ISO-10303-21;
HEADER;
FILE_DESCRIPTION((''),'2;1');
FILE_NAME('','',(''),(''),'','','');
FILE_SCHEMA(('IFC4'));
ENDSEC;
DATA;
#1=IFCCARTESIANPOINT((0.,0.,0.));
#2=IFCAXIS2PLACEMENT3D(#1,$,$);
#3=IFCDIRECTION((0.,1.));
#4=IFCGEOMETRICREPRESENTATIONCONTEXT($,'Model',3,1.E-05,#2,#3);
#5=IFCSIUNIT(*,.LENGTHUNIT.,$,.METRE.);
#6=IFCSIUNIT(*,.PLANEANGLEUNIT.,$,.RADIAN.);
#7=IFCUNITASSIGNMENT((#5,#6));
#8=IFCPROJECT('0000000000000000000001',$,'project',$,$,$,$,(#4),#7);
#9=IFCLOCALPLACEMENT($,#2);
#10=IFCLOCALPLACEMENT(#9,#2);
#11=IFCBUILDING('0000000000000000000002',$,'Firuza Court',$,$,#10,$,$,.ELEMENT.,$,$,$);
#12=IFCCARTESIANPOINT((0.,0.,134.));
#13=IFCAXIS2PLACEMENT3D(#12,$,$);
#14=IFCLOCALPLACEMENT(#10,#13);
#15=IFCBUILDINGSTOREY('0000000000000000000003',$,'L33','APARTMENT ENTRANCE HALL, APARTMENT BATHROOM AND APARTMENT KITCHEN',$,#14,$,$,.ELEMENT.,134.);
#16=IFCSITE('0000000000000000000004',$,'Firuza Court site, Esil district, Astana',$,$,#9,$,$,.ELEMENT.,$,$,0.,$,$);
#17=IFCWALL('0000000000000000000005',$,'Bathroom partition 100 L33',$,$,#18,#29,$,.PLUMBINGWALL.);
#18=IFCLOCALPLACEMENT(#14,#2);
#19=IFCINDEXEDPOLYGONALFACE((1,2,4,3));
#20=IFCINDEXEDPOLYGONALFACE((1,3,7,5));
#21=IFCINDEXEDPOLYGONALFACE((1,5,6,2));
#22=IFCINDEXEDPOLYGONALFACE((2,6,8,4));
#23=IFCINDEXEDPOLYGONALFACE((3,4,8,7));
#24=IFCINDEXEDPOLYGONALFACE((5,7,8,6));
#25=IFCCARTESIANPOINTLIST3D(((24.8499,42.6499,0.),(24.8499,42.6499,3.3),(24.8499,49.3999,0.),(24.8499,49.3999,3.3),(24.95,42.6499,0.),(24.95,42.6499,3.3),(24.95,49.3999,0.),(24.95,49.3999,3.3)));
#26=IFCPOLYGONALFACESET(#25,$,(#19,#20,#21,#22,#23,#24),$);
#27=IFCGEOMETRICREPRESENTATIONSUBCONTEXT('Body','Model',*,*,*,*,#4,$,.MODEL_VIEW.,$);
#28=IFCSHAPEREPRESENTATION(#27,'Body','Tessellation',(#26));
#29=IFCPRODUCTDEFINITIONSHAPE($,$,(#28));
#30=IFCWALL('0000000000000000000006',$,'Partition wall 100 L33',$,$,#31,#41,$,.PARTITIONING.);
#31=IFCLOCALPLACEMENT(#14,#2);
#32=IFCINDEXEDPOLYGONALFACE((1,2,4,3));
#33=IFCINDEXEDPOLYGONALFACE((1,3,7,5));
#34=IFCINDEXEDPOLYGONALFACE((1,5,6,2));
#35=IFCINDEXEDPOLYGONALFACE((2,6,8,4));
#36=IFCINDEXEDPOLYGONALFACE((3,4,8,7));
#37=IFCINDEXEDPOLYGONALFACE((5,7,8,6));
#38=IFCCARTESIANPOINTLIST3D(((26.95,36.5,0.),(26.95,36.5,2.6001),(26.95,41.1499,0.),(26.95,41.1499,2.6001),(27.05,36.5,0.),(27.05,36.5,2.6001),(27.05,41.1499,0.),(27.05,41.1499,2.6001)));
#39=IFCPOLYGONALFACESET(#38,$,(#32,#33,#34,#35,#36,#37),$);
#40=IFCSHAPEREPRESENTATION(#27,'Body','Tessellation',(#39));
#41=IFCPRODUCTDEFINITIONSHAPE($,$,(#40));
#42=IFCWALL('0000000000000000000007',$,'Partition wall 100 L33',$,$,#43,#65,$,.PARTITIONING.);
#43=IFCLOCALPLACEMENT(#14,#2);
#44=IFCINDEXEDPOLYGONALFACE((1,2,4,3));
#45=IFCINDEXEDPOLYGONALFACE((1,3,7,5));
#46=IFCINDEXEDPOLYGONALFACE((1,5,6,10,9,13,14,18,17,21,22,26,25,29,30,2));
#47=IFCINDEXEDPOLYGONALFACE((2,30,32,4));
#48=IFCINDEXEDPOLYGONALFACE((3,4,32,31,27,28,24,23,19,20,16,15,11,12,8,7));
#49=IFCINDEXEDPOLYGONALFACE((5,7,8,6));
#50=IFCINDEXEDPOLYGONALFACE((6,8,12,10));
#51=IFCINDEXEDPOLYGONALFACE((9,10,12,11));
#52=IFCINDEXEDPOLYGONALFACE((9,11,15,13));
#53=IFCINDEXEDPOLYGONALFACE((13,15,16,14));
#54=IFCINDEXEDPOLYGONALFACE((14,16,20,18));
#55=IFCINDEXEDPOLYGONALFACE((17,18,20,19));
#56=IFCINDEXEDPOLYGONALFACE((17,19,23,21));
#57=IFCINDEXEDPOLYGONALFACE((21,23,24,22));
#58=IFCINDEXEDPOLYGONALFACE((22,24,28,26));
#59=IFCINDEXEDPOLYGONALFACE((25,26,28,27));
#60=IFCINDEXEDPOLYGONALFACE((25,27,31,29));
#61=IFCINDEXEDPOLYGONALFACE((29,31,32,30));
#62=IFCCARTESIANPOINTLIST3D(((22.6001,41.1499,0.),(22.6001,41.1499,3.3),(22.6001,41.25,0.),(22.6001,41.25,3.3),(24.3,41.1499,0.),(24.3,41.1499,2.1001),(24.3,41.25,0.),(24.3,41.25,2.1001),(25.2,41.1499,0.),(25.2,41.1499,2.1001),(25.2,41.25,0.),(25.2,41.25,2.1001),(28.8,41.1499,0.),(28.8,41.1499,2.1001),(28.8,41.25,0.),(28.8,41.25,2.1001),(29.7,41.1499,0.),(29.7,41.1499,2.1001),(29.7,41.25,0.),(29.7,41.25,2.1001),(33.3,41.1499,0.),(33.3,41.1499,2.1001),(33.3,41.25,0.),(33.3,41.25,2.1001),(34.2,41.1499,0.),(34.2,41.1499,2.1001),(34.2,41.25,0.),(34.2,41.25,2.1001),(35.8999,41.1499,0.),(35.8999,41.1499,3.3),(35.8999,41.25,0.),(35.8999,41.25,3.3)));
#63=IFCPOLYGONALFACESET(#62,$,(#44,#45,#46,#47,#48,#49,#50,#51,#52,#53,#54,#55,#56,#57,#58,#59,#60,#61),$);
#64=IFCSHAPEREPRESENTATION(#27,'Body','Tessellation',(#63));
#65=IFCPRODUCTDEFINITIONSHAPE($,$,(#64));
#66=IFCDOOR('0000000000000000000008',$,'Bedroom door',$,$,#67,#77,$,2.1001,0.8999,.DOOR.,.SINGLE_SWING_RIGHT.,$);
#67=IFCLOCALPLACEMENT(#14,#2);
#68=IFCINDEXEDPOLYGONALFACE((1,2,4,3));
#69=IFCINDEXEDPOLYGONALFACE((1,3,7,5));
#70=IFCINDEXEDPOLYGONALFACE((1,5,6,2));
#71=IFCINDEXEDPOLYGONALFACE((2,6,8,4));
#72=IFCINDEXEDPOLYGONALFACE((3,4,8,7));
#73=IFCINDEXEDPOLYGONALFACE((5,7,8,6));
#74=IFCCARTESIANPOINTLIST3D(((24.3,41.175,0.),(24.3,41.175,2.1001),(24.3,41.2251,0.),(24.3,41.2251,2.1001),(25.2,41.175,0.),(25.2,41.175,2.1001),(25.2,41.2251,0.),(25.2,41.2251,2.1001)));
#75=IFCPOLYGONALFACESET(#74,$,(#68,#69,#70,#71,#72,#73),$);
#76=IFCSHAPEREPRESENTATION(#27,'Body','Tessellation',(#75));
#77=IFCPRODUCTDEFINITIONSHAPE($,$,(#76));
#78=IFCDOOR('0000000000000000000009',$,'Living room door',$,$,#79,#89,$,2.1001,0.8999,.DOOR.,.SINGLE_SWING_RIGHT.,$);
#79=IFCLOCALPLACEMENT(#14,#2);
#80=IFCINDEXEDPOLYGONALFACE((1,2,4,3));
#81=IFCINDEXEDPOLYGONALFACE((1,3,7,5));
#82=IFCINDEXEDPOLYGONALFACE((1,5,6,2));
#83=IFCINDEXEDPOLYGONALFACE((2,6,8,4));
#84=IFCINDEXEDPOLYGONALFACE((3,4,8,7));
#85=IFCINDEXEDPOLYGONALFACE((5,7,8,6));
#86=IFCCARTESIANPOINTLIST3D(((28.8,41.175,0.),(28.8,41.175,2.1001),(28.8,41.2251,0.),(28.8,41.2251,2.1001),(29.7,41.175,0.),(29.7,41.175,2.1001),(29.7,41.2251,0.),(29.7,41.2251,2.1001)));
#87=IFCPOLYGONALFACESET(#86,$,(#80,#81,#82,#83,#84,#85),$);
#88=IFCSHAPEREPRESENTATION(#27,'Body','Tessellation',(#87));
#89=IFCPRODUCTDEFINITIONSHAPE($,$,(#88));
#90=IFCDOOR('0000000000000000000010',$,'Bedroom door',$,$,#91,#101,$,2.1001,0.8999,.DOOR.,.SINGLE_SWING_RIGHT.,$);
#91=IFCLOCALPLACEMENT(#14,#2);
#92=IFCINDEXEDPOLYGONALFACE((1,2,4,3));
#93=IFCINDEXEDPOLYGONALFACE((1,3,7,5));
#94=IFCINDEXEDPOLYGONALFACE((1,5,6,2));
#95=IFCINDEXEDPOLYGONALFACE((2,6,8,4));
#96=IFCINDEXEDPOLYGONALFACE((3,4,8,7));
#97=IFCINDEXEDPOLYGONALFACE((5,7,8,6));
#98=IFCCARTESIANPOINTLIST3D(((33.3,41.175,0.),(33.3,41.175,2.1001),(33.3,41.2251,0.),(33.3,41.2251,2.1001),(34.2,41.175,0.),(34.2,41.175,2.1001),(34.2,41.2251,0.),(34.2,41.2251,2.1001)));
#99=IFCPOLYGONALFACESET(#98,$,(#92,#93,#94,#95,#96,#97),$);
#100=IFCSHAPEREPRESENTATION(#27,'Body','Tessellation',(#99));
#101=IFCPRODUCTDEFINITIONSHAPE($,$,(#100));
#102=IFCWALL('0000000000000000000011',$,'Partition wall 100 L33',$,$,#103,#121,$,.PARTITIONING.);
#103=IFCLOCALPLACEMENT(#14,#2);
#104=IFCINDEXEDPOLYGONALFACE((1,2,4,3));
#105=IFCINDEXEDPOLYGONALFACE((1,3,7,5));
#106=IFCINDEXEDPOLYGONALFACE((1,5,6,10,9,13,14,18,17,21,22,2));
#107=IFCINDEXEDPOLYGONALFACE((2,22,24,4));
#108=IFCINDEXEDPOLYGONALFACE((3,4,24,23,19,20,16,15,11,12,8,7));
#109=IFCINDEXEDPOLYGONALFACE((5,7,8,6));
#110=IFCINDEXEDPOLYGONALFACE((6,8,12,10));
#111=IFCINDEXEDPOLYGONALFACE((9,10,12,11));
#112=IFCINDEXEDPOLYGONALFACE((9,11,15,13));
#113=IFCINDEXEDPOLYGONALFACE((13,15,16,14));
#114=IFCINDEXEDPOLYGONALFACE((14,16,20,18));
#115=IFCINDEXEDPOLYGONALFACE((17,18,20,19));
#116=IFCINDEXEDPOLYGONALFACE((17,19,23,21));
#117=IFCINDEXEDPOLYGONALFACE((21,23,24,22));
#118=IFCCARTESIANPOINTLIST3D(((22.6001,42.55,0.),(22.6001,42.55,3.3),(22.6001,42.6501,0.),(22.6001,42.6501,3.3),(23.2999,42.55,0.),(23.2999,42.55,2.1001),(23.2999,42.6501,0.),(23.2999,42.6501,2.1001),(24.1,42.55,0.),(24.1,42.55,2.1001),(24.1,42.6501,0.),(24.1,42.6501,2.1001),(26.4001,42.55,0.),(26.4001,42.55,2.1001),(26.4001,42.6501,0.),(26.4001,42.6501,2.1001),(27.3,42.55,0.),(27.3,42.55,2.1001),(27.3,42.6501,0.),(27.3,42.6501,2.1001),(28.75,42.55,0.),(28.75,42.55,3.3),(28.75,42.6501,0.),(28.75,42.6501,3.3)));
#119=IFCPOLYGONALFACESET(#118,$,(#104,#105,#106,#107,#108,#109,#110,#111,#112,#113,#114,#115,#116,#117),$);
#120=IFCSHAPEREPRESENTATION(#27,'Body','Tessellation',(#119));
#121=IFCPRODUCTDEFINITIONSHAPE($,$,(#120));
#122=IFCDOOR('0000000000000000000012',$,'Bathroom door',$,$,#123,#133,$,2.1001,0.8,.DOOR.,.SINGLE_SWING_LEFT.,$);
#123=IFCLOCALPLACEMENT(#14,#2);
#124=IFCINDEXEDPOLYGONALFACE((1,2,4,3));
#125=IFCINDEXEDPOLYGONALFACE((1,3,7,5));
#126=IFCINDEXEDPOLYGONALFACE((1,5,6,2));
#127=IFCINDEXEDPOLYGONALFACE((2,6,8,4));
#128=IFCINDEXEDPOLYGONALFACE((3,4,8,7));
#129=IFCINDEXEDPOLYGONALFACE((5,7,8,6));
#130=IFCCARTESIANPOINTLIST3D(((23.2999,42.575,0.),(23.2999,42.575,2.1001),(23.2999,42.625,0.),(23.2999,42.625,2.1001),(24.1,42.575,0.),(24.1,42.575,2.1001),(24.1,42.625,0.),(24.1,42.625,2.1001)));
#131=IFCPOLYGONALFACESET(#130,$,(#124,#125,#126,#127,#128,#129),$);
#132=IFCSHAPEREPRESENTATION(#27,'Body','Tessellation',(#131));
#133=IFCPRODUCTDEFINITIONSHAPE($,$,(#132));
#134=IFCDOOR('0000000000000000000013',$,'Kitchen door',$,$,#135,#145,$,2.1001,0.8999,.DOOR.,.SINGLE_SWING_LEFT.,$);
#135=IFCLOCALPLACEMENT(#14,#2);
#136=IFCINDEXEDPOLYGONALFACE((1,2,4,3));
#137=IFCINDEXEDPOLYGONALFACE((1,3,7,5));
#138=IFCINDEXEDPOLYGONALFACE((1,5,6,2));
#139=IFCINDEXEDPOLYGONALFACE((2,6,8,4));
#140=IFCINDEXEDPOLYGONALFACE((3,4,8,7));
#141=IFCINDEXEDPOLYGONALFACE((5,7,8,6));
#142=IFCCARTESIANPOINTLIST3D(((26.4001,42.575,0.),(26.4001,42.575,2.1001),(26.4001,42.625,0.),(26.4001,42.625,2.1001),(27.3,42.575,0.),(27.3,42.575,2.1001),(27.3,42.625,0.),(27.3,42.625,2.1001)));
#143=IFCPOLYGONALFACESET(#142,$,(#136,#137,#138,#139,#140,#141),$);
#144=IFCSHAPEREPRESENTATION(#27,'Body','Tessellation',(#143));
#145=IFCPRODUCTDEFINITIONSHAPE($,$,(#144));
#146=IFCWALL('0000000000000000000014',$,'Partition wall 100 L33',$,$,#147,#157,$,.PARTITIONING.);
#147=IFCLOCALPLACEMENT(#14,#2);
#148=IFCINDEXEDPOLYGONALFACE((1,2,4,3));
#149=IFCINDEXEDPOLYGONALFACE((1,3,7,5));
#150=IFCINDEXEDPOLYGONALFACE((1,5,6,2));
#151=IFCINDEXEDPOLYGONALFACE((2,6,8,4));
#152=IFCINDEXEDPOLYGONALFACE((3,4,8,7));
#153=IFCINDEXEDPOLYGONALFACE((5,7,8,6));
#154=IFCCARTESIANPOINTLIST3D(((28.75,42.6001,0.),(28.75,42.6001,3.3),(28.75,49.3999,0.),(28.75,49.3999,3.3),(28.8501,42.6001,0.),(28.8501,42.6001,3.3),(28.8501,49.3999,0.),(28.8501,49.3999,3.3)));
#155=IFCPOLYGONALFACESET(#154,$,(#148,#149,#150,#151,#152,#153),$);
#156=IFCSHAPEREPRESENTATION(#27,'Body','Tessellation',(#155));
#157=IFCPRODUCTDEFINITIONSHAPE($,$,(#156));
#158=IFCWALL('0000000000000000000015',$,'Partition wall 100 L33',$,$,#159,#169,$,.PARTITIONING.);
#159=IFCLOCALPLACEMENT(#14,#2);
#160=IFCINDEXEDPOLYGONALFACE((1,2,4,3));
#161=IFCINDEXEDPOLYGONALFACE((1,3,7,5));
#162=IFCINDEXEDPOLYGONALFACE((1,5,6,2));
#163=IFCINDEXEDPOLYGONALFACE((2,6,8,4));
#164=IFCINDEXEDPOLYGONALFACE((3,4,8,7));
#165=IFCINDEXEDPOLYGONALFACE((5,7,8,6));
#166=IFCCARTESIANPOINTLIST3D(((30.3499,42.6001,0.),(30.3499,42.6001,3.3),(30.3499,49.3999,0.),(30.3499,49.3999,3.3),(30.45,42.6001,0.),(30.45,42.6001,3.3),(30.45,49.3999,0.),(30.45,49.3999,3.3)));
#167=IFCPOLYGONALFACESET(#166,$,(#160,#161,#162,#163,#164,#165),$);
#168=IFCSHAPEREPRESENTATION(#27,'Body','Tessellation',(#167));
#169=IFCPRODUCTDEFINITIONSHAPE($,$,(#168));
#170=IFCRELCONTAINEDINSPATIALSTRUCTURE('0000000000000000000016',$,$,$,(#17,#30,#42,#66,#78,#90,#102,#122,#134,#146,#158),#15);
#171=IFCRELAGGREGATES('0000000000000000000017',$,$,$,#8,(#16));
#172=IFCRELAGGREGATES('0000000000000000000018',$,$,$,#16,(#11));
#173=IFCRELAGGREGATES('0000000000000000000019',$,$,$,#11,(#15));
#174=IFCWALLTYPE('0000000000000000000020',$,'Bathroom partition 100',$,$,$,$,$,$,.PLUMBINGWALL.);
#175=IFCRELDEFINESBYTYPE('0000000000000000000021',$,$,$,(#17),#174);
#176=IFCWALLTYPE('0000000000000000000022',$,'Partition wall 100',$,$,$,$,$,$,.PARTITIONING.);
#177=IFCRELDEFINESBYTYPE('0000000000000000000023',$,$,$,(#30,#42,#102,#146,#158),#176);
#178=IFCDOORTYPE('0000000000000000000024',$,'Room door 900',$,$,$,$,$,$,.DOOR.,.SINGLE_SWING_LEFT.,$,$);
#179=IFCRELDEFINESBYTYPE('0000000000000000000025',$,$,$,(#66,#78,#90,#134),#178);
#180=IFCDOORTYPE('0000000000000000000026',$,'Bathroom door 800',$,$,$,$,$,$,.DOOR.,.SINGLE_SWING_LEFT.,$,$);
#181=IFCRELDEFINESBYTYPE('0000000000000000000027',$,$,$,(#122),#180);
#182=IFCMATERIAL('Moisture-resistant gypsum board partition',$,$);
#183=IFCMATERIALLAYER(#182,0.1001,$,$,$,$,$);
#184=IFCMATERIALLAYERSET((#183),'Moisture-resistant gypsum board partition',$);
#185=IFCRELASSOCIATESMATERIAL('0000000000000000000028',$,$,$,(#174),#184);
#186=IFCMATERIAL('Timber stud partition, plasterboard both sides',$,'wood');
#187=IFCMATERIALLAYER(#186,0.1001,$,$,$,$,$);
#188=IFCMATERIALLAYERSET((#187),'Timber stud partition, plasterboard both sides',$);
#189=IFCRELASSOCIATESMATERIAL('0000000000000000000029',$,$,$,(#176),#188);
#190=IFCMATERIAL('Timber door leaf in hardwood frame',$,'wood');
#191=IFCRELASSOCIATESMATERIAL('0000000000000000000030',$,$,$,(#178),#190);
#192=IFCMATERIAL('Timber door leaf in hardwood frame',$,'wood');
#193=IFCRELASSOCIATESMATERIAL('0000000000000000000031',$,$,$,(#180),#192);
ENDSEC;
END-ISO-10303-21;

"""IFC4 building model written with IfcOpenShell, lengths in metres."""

from ifc_helpers import new_model, si_unit, direction, frame, frame_2d, origin, place, context, subcontext, project, spatial, rectangle, extrude, material, layer, layer_set, type_object, element, fill, save


model = new_model("IFC4")

# Units and contexts
model_context = context("Model", 3, precision=1e-05, world=origin(), true_north=direction((0.0, 1.0)))
body_context = subcontext(model_context, "Body", "Model", "MODEL_VIEW")
ifc_project = project(units=[si_unit("LENGTHUNIT", "METRE"), si_unit("PLANEANGLEUNIT", "RADIAN")], contexts=[model_context])

# Site, building, storey
site_placement = place(None, origin())
site = spatial("IfcSite", under=ifc_project, at=site_placement, Name="Firuza Court site, Esil district, Astana", CompositionType="ELEMENT", RefElevation=0.0)
building_placement = place(site_placement, origin())
building = spatial("IfcBuilding", under=site, at=building_placement, Name="Firuza Court", CompositionType="ELEMENT")
storey_placement = place(building_placement, frame((0.0, 0.0, 134.0)))
storey = spatial("IfcBuildingStorey", under=building, at=storey_placement, Name="L33", Description="APARTMENT ENTRANCE HALL, APARTMENT BATHROOM AND APARTMENT KITCHEN", CompositionType="ELEMENT", Elevation=134.0)

# Walls
ifc_material_1 = material(Name="Moisture-resistant gypsum board partition")
ifc_layer_1 = layer(ifc_material_1, 0.1001)
ifc_layer_set_1 = layer_set([ifc_layer_1], Name="Moisture-resistant gypsum board partition")
wall_type_1 = type_object("IfcWallType", Name="Bathroom partition 100", PredefinedType="PLUMBINGWALL", material=ifc_layer_set_1)
wall_1_placement = place(storey_placement, frame((24.8999, 42.6499, 0.0), z_axis=(0.0, 0.0, 1.0), x_axis=(0.0, 1.0, 0.0)))
element("IfcWall", 1, at=wall_1_placement, inside=storey, type_object=wall_type_1, Name="Bathroom partition 100 L33", PredefinedType="PLUMBINGWALL", context=body_context, shape_type="SweptSolid", body=[
    extrude(rectangle(XDim=6.75, YDim=0.1001, at=frame_2d((3.375, 0.0))), origin(), (0.0, 0.0, 1.0), 3.3),
])
ifc_material_2 = material(Name="Timber stud partition, plasterboard both sides", Category="wood")
ifc_layer_2 = layer(ifc_material_2, 0.1001)
ifc_layer_set_2 = layer_set([ifc_layer_2], Name="Timber stud partition, plasterboard both sides")
wall_type_2 = type_object("IfcWallType", Name="Partition wall 100", PredefinedType="PARTITIONING", material=ifc_layer_set_2)
wall_2_placement = place(storey_placement, frame((27.0, 36.5, 0.0), z_axis=(0.0, 0.0, 1.0), x_axis=(0.0, 1.0, 0.0)))
element("IfcWall", 2, at=wall_2_placement, inside=storey, type_object=wall_type_2, Name="Partition wall 100 L33", PredefinedType="PARTITIONING", context=body_context, shape_type="SweptSolid", body=[
    extrude(rectangle(XDim=4.6499, YDim=0.1001, at=frame_2d((2.325, 0.0))), origin(), (0.0, 0.0, 1.0), 2.6001),
])

# Walls, openings, doors
wall_3_placement = place(storey_placement, frame((22.6001, 41.2, 0.0), z_axis=(0.0, 0.0, 1.0), x_axis=(1.0, 0.0, 0.0)))
wall_3 = element("IfcWall", 3, at=wall_3_placement, inside=storey, type_object=wall_type_2, Name="Partition wall 100 L33", PredefinedType="PARTITIONING", context=body_context, shape_type="SweptSolid", body=[
    extrude(rectangle(XDim=13.2998, YDim=0.1001, at=frame_2d((6.6499, 0.0))), origin(), (0.0, 0.0, 1.0), 3.3),
])
opening_1_placement = place(wall_3_placement, frame((1.7, 0.0, 0.0)))
opening_1 = element("IfcOpeningElement", 4, at=opening_1_placement, cuts=wall_3, PredefinedType="OPENING", context=body_context, shape_type="SweptSolid", body=[
    extrude(rectangle(XDim=0.8999, YDim=2.1001, at=frame_2d((0.45, 1.05))), frame((0.0, 0.062, 0.0), z_axis=(0.0, -1.0, 0.0), x_axis=(1.0, 0.0, 0.0)), (0.0, 0.0, 1.0), 0.124),
])
opening_2_placement = place(wall_3_placement, frame((6.2, 0.0, 0.0)))
opening_2 = element("IfcOpeningElement", 5, at=opening_2_placement, cuts=wall_3, PredefinedType="OPENING", context=body_context, shape_type="SweptSolid", body=[
    extrude(rectangle(XDim=0.8999, YDim=2.1001, at=frame_2d((0.45, 1.05))), frame((0.0, 0.062, 0.0), z_axis=(0.0, -1.0, 0.0), x_axis=(1.0, 0.0, 0.0)), (0.0, 0.0, 1.0), 0.124),
])
opening_3_placement = place(wall_3_placement, frame((10.7, 0.0, 0.0)))
opening_3 = element("IfcOpeningElement", 6, at=opening_3_placement, cuts=wall_3, PredefinedType="OPENING", context=body_context, shape_type="SweptSolid", body=[
    extrude(rectangle(XDim=0.8999, YDim=2.1001, at=frame_2d((0.45, 1.05))), frame((0.0, 0.062, 0.0), z_axis=(0.0, -1.0, 0.0), x_axis=(1.0, 0.0, 0.0)), (0.0, 0.0, 1.0), 0.124),
])
ifc_material_3 = material(Name="Timber door leaf in hardwood frame", Category="wood")
door_type_1 = type_object("IfcDoorType", Name="Room door 900", OperationType="SINGLE_SWING_LEFT", PredefinedType="DOOR", material=ifc_material_3)
door_1_placement = place(opening_1_placement, frame((0.8999, 0.0, 0.0), z_axis=(0.0, 0.0, 1.0), x_axis=(-1.0, 0.0, 0.0)))
door_1 = element("IfcDoor", 7, at=door_1_placement, inside=storey, type_object=door_type_1, Name="Bedroom door", OperationType="SINGLE_SWING_RIGHT", OverallHeight=2.1001, OverallWidth=0.8999, PredefinedType="DOOR", context=body_context, shape_type="SweptSolid", body=[
    extrude(rectangle(XDim=0.8999, YDim=2.1001, at=frame_2d((0.45, 1.05))), frame((0.0, 0.0249, 0.0), z_axis=(0.0, -1.0, 0.0), x_axis=(1.0, 0.0, 0.0)), (0.0, 0.0, 1.0), 0.05),
])
fill(opening_1, door_1)
door_2_placement = place(opening_2_placement, frame((0.8999, 0.0, 0.0), z_axis=(0.0, 0.0, 1.0), x_axis=(-1.0, 0.0, 0.0)))
door_2 = element("IfcDoor", 8, at=door_2_placement, inside=storey, type_object=door_type_1, Name="Living room door", OperationType="SINGLE_SWING_RIGHT", OverallHeight=2.1001, OverallWidth=0.8999, PredefinedType="DOOR", context=body_context, shape_type="SweptSolid", body=[
    extrude(rectangle(XDim=0.8999, YDim=2.1001, at=frame_2d((0.45, 1.05))), frame((0.0, 0.0249, 0.0), z_axis=(0.0, -1.0, 0.0), x_axis=(1.0, 0.0, 0.0)), (0.0, 0.0, 1.0), 0.05),
])
fill(opening_2, door_2)
door_3_placement = place(opening_3_placement, frame((0.8999, 0.0, 0.0), z_axis=(0.0, 0.0, 1.0), x_axis=(-1.0, 0.0, 0.0)))
door_3 = element("IfcDoor", 9, at=door_3_placement, inside=storey, type_object=door_type_1, Name="Bedroom door", OperationType="SINGLE_SWING_RIGHT", OverallHeight=2.1001, OverallWidth=0.8999, PredefinedType="DOOR", context=body_context, shape_type="SweptSolid", body=[
    extrude(rectangle(XDim=0.8999, YDim=2.1001, at=frame_2d((0.45, 1.05))), frame((0.0, 0.0249, 0.0), z_axis=(0.0, -1.0, 0.0), x_axis=(1.0, 0.0, 0.0)), (0.0, 0.0, 1.0), 0.05),
])
fill(opening_3, door_3)
wall_4_placement = place(storey_placement, frame((22.6001, 42.6001, 0.0), z_axis=(0.0, 0.0, 1.0), x_axis=(1.0, 0.0, 0.0)))
wall_4 = element("IfcWall", 10, at=wall_4_placement, inside=storey, type_object=wall_type_2, Name="Partition wall 100 L33", PredefinedType="PARTITIONING", context=body_context, shape_type="SweptSolid", body=[
    extrude(rectangle(XDim=6.1499, YDim=0.1001, at=frame_2d((3.075, 0.0))), origin(), (0.0, 0.0, 1.0), 3.3),
])
opening_4_placement = place(wall_4_placement, frame((0.7, 0.0, 0.0)))
opening_4 = element("IfcOpeningElement", 11, at=opening_4_placement, cuts=wall_4, PredefinedType="OPENING", context=body_context, shape_type="SweptSolid", body=[
    extrude(rectangle(XDim=0.8, YDim=2.1001, at=frame_2d((0.3999, 1.05))), frame((0.0, 0.062, 0.0), z_axis=(0.0, -1.0, 0.0), x_axis=(1.0, 0.0, 0.0)), (0.0, 0.0, 1.0), 0.124),
])
opening_5_placement = place(wall_4_placement, frame((3.8, 0.0, 0.0)))
opening_5 = element("IfcOpeningElement", 12, at=opening_5_placement, cuts=wall_4, PredefinedType="OPENING", context=body_context, shape_type="SweptSolid", body=[
    extrude(rectangle(XDim=0.8999, YDim=2.1001, at=frame_2d((0.45, 1.05))), frame((0.0, 0.062, 0.0), z_axis=(0.0, -1.0, 0.0), x_axis=(1.0, 0.0, 0.0)), (0.0, 0.0, 1.0), 0.124),
])
ifc_material_4 = material(Name="Timber door leaf in hardwood frame", Category="wood")
door_type_2 = type_object("IfcDoorType", Name="Bathroom door 800", OperationType="SINGLE_SWING_LEFT", PredefinedType="DOOR", material=ifc_material_4)
door_4_placement = place(opening_4_placement, origin())
door_4 = element("IfcDoor", 13, at=door_4_placement, inside=storey, type_object=door_type_2, Name="Bathroom door", OperationType="SINGLE_SWING_LEFT", OverallHeight=2.1001, OverallWidth=0.8, PredefinedType="DOOR", context=body_context, shape_type="SweptSolid", body=[
    extrude(rectangle(XDim=0.8, YDim=2.1001, at=frame_2d((0.3999, 1.05))), frame((0.0, 0.0249, 0.0), z_axis=(0.0, -1.0, 0.0), x_axis=(1.0, 0.0, 0.0)), (0.0, 0.0, 1.0), 0.05),
])
fill(opening_4, door_4)
door_5_placement = place(opening_5_placement, origin())
door_5 = element("IfcDoor", 14, at=door_5_placement, inside=storey, type_object=door_type_1, Name="Kitchen door", OperationType="SINGLE_SWING_LEFT", OverallHeight=2.1001, OverallWidth=0.8999, PredefinedType="DOOR", context=body_context, shape_type="SweptSolid", body=[
    extrude(rectangle(XDim=0.8999, YDim=2.1001, at=frame_2d((0.45, 1.05))), frame((0.0, 0.0249, 0.0), z_axis=(0.0, -1.0, 0.0), x_axis=(1.0, 0.0, 0.0)), (0.0, 0.0, 1.0), 0.05),
])
fill(opening_5, door_5)

# Walls
for number, where, z_axis, x_axis, name in (
    (15, (28.8, 42.6001, 0.0), (0.0, 0.0, 1.0), (0.0, 1.0, 0.0), "Partition wall 100 L33"),
    (16, (30.3999, 42.6001, 0.0), (0.0, 0.0, 1.0), (0.0, 1.0, 0.0), "Partition wall 100 L33"),
):
    element("IfcWall", number, at=place(storey_placement, frame(where, z_axis=z_axis, x_axis=x_axis)), inside=storey, type_object=wall_type_2, Name=name, PredefinedType="PARTITIONING", context=body_context, shape_type="SweptSolid", body=[
        extrude(rectangle(XDim=6.7998, YDim=0.1001, at=frame_2d((3.3999, 0.0))), origin(), (0.0, 0.0, 1.0), 3.3),
    ])

save(model, "model.ifc")
